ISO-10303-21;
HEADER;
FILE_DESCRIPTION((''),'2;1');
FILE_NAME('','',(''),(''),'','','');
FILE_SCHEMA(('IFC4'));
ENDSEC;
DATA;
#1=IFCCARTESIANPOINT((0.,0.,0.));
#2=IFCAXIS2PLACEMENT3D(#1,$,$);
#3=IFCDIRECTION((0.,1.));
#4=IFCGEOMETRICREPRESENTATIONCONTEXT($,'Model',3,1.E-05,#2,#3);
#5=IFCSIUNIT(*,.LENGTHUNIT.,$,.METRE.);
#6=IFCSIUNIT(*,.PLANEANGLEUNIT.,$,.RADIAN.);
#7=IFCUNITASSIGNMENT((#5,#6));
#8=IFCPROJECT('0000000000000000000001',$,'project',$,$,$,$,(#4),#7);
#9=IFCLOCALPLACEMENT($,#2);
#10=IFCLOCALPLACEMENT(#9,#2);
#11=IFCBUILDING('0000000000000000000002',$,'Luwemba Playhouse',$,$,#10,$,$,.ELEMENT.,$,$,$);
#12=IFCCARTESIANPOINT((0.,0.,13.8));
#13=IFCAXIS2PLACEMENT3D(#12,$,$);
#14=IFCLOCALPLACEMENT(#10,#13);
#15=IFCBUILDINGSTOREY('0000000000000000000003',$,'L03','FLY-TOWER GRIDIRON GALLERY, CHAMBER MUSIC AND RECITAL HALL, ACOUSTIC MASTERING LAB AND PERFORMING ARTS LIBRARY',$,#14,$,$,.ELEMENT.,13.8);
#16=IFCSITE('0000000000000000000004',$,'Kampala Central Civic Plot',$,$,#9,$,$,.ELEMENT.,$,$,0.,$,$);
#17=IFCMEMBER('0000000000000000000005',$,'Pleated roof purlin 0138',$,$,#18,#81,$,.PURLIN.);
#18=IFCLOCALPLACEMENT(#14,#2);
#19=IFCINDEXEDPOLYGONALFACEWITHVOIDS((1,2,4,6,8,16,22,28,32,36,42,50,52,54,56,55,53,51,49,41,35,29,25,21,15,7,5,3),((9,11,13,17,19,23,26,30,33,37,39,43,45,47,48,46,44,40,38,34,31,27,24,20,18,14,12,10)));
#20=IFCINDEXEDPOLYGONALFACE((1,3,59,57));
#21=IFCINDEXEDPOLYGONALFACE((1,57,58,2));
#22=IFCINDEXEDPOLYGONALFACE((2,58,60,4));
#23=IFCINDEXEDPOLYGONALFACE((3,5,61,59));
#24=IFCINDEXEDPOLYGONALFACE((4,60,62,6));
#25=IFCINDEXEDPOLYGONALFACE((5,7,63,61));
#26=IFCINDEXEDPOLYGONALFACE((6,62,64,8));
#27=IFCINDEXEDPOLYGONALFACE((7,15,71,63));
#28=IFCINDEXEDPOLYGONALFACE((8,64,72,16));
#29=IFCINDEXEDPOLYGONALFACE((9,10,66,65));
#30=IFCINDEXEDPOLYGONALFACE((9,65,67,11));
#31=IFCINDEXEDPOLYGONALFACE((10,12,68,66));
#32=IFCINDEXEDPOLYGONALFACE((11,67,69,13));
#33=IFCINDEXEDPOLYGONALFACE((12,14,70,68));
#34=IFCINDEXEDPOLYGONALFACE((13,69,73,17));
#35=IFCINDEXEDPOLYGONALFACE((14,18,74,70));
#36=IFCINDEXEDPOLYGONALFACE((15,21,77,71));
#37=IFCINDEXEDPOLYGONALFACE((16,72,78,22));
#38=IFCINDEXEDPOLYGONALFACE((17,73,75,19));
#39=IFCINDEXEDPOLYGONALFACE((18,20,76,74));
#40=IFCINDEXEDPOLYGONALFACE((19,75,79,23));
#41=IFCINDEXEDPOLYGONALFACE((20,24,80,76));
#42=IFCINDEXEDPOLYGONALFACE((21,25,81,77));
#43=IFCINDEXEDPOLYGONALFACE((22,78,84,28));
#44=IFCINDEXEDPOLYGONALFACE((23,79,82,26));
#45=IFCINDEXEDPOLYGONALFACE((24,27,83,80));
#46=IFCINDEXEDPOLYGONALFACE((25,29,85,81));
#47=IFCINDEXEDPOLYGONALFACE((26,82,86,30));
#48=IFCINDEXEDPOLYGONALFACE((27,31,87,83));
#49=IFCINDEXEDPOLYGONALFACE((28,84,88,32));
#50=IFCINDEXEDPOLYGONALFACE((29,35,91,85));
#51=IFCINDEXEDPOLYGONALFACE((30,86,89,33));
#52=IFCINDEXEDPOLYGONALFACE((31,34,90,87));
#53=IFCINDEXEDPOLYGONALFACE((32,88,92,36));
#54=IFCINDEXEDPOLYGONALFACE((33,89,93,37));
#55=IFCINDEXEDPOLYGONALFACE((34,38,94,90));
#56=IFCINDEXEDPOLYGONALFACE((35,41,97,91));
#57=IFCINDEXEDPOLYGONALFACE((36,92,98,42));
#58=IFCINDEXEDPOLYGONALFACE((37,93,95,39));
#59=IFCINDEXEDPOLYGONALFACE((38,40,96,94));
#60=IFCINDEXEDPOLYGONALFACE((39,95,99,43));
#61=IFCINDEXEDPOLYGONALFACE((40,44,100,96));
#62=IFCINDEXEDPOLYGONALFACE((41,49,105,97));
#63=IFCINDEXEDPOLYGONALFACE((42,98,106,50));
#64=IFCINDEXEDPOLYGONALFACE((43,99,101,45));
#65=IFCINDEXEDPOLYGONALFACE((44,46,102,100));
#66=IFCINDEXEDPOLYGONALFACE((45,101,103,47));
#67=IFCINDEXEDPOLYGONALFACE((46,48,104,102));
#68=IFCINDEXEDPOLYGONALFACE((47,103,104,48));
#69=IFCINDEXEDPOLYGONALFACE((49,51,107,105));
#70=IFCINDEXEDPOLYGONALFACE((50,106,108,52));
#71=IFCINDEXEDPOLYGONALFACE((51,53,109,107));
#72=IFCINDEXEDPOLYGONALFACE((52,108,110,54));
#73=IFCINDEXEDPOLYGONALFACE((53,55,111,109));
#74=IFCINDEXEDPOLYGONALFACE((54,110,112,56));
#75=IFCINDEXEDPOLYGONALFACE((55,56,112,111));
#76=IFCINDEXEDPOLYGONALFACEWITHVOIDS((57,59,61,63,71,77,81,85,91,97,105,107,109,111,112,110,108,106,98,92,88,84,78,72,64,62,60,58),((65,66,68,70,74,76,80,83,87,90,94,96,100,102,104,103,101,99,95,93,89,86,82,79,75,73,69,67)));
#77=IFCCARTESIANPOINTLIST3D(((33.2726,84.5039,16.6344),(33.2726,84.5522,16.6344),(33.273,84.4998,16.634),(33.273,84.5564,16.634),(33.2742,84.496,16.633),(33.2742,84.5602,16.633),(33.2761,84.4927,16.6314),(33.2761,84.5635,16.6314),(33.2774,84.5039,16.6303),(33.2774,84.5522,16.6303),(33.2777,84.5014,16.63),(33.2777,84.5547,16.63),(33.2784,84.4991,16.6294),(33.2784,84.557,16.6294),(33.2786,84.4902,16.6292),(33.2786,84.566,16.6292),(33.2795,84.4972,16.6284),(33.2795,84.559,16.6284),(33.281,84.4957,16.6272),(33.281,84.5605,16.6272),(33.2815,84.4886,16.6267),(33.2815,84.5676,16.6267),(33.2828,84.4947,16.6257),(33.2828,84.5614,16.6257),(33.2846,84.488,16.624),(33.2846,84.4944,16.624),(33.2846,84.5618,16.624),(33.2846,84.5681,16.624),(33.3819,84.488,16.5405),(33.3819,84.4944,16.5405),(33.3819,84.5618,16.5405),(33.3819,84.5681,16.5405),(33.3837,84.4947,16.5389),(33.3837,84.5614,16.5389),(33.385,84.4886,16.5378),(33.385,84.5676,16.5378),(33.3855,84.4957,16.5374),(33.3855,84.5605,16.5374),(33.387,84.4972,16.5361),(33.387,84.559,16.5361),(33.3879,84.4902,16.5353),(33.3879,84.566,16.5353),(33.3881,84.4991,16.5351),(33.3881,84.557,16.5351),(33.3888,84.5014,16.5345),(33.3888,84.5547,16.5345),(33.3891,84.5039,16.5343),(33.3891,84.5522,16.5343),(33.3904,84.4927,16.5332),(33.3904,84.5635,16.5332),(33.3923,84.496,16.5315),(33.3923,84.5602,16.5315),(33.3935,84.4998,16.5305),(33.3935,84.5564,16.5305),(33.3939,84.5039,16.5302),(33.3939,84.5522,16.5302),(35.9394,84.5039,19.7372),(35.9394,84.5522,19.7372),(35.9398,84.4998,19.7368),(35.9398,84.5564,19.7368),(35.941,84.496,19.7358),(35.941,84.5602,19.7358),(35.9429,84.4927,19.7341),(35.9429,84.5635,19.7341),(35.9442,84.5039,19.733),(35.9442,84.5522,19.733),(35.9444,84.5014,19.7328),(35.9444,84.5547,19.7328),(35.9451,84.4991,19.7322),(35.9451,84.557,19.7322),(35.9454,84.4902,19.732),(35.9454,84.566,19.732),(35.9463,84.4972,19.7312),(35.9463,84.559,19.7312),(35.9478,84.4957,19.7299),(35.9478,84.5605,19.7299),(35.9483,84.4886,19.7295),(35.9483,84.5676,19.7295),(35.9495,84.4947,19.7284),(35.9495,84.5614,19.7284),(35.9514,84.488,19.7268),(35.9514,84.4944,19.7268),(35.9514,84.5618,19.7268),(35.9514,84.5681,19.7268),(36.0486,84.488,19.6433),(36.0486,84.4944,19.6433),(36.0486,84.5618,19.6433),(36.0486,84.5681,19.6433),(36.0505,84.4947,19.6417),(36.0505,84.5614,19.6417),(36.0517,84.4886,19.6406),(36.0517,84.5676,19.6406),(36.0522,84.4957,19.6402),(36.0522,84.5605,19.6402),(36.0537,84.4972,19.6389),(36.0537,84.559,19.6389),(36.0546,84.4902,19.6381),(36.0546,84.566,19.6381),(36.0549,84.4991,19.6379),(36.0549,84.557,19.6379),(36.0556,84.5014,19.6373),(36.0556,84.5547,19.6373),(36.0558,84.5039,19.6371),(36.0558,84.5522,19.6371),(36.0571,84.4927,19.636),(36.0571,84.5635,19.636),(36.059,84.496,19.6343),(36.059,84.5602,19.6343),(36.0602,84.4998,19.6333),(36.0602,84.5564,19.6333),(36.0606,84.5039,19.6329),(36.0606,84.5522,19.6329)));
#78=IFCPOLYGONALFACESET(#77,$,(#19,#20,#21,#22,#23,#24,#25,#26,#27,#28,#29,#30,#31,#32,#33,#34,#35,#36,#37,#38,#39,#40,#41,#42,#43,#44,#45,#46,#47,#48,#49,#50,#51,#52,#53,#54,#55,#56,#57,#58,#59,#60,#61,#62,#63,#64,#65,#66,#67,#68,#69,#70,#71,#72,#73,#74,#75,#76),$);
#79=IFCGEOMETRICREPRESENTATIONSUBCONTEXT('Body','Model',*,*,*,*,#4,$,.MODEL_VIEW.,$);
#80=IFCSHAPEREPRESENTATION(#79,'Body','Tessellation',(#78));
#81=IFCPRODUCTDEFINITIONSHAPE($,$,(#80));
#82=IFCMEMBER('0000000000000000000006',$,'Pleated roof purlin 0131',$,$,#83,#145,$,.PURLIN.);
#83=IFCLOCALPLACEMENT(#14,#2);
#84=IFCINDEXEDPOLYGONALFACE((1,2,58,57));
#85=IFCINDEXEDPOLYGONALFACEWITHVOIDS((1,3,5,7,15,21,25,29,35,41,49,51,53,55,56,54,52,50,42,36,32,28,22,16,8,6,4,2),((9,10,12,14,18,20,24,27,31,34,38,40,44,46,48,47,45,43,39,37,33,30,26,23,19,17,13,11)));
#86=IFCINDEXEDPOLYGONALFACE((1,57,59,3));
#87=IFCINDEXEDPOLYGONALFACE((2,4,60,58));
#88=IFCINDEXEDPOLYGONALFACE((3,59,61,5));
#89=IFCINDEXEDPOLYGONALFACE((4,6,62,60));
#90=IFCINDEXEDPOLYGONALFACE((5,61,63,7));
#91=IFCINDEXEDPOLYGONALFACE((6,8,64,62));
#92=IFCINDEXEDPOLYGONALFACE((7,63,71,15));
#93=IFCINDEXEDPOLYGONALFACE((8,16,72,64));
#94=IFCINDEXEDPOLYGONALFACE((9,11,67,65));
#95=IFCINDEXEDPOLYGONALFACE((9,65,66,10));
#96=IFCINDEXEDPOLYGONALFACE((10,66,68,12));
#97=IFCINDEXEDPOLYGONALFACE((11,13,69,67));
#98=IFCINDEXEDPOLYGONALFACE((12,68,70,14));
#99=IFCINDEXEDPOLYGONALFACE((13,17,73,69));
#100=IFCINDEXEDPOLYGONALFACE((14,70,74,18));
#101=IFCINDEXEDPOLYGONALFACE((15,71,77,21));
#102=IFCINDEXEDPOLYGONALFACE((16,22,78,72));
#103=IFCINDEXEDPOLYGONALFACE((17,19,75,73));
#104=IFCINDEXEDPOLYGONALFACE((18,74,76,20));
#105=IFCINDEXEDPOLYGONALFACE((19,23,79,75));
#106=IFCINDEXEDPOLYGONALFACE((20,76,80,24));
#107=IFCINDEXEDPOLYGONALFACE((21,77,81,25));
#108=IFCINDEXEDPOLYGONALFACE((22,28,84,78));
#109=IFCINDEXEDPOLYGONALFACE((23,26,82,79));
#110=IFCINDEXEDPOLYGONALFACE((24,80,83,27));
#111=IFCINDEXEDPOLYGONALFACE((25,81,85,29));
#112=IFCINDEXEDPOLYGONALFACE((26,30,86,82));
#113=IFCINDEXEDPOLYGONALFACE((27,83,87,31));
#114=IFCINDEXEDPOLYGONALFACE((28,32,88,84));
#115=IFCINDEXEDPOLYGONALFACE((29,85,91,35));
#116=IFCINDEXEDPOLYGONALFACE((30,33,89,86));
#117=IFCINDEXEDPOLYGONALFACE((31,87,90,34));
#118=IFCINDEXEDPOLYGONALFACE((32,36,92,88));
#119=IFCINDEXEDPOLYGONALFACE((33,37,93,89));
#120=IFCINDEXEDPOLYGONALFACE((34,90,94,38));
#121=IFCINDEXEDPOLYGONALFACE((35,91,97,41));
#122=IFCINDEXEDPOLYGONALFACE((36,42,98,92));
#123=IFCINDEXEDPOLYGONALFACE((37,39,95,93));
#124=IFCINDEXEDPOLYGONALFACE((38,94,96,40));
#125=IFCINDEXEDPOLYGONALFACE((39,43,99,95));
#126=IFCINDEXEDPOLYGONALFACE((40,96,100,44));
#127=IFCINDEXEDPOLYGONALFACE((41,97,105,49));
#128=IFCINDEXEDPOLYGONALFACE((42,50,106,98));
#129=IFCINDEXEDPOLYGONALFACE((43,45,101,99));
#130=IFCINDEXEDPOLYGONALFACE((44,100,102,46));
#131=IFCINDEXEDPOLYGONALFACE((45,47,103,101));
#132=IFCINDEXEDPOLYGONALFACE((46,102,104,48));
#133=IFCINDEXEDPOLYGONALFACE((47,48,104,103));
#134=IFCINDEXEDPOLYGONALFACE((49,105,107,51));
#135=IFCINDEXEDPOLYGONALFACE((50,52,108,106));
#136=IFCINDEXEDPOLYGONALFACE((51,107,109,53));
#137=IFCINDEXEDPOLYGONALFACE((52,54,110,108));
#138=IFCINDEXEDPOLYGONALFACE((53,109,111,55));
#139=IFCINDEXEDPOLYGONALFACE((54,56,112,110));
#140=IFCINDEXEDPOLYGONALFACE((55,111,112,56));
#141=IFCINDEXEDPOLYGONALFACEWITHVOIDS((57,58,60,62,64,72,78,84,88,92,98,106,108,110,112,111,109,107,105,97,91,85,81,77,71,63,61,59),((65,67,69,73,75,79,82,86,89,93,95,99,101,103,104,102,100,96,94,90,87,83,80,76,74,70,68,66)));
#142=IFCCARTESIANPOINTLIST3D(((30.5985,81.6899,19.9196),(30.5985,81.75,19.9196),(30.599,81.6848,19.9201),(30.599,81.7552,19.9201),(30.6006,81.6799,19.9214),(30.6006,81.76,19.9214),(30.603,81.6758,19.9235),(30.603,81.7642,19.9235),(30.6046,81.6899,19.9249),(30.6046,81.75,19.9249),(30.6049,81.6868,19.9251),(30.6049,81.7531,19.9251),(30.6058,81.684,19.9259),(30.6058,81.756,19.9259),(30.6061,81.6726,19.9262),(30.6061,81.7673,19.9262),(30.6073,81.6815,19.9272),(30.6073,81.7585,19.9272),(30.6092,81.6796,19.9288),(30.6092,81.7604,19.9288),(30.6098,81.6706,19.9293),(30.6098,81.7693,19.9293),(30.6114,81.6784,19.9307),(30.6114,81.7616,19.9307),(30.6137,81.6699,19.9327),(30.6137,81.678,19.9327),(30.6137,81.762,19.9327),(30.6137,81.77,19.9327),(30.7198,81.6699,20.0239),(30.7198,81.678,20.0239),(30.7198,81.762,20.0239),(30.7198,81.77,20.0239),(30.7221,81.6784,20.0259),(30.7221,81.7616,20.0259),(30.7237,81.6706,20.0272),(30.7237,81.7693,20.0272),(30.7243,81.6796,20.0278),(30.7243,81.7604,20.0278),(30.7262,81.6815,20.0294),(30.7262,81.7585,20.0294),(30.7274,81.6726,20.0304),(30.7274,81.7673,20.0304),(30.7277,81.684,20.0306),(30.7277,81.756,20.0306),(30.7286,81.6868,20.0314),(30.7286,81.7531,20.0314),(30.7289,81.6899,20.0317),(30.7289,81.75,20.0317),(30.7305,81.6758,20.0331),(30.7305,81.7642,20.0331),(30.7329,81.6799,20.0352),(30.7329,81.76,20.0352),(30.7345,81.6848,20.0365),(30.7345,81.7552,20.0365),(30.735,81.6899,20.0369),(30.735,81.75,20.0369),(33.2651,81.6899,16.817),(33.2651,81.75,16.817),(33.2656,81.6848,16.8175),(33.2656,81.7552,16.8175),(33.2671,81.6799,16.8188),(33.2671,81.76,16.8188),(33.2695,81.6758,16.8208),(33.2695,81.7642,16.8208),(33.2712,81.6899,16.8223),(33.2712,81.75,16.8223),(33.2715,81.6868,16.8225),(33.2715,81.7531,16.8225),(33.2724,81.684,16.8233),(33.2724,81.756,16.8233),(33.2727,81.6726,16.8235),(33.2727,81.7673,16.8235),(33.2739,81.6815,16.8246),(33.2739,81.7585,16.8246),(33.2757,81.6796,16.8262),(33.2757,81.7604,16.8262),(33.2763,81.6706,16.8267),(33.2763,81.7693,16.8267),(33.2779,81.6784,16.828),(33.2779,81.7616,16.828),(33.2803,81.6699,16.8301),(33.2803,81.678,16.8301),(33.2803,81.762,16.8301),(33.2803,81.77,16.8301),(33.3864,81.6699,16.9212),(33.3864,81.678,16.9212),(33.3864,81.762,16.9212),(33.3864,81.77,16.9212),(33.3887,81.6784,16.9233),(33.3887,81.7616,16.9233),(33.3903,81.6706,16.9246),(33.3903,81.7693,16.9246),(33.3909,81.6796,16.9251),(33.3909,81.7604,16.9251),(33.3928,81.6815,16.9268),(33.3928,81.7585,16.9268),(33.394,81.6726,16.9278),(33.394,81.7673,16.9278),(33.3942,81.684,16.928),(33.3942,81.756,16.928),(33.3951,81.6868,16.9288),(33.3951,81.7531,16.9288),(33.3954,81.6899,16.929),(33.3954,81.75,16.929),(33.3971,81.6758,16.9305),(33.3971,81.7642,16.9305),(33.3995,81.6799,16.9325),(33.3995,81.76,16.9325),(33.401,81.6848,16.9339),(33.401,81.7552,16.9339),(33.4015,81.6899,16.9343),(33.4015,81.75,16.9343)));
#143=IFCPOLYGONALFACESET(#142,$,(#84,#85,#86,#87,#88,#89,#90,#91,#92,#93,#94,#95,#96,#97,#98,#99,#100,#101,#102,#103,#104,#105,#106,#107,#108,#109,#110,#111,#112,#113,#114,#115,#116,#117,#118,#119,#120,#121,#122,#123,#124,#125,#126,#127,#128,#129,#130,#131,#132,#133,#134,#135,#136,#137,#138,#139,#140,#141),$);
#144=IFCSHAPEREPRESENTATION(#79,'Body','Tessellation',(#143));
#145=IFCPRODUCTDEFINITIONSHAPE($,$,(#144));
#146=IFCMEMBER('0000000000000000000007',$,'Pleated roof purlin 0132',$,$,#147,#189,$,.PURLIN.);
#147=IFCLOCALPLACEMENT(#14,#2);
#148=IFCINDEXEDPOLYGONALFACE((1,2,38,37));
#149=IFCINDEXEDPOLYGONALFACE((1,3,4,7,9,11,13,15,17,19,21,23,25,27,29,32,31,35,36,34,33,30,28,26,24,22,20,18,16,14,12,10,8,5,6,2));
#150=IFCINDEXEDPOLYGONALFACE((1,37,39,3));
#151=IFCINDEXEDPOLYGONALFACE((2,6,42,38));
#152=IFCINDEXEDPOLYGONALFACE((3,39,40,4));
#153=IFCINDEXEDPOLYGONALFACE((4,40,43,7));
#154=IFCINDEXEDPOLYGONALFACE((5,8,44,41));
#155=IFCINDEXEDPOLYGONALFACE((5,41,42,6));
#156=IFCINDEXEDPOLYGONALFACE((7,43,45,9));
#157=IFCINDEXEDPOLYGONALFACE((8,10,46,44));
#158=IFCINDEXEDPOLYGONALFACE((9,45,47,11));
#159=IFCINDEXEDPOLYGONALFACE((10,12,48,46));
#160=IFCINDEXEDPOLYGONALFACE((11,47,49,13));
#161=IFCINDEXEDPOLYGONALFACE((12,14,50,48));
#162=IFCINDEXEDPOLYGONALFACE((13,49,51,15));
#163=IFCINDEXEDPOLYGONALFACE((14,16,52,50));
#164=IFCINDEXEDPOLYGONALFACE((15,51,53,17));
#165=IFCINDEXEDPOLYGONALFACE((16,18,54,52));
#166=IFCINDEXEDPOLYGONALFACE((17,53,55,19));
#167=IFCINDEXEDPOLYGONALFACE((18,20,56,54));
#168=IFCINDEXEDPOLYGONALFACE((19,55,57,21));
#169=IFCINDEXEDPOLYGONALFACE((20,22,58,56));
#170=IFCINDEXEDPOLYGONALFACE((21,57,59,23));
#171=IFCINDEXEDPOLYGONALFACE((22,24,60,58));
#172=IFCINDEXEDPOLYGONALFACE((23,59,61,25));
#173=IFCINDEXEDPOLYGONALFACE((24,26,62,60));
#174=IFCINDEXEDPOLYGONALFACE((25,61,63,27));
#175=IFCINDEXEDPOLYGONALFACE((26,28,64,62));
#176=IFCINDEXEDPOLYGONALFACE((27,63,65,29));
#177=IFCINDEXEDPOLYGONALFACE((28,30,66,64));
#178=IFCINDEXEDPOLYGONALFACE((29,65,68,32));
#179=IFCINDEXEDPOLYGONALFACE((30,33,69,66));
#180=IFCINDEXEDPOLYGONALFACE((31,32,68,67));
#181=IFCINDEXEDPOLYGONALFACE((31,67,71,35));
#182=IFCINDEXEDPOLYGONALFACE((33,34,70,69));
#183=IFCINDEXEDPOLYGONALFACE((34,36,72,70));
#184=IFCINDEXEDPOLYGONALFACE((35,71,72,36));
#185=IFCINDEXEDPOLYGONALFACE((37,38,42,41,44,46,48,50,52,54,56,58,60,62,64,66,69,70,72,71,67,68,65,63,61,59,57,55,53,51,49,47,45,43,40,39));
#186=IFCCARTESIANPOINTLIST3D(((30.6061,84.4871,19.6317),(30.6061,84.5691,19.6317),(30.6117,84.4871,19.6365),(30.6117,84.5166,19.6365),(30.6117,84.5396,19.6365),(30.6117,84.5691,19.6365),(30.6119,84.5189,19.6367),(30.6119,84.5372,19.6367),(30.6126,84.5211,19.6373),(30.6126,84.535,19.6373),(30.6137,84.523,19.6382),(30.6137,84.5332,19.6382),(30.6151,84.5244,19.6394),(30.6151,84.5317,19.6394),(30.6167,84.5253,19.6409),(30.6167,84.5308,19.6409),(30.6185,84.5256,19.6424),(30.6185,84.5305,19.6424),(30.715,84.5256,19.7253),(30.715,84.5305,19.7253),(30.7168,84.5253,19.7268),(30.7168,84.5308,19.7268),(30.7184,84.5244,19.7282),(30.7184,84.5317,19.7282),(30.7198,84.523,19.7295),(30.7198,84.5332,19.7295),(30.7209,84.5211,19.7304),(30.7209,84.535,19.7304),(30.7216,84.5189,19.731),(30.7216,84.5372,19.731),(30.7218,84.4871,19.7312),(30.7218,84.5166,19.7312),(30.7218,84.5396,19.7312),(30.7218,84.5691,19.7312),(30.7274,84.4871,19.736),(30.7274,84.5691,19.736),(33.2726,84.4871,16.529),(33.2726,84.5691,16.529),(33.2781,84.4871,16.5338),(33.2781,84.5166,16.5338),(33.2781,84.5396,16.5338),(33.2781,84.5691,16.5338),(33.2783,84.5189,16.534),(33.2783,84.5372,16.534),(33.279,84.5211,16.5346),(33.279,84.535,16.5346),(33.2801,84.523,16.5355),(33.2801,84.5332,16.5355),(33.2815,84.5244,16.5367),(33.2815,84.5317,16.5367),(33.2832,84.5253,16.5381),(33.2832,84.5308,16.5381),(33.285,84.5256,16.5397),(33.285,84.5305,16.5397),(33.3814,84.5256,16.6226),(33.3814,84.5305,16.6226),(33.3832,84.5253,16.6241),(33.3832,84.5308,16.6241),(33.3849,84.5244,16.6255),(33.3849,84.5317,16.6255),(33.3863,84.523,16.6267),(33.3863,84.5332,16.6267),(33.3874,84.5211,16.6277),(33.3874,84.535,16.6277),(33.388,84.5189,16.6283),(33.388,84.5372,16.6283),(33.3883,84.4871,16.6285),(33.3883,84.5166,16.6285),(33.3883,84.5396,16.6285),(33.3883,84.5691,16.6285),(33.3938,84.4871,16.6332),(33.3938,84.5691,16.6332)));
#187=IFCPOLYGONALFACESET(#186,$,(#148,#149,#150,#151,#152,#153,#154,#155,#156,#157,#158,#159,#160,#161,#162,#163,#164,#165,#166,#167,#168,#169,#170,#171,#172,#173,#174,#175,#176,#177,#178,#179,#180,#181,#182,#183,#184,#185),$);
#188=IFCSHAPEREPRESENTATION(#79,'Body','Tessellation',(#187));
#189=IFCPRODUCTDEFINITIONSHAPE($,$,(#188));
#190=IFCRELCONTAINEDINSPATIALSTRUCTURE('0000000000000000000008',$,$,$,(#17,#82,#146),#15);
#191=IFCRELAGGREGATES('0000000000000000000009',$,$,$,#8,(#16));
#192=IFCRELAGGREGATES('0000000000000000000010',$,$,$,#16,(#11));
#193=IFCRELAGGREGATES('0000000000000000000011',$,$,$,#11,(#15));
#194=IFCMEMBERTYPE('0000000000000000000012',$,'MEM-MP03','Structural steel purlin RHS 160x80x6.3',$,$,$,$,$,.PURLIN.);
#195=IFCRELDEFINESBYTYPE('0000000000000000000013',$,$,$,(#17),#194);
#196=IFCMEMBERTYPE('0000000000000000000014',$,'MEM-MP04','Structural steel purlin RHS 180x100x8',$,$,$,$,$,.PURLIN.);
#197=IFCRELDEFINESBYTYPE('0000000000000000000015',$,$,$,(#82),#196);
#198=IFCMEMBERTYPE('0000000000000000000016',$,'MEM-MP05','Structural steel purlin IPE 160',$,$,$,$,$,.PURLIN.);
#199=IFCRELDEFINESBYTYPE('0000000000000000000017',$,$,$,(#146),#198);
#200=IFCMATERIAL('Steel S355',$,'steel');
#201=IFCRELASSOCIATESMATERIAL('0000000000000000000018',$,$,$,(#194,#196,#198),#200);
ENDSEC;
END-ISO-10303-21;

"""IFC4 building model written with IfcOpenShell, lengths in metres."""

from ifc_helpers import new_model, si_unit, direction, frame, origin, origin_2d, place, context, subcontext, project, spatial, hollow_rectangle, i_section, extrude, material, material_profile, profile_set, type_object, element, save


model = new_model("IFC4")

# Units and contexts
model_context = context("Model", 3, precision=1e-05, world=origin(), true_north=direction((0.0, 1.0)))
body_context = subcontext(model_context, "Body", "Model", "MODEL_VIEW")
ifc_project = project(units=[si_unit("LENGTHUNIT", "METRE"), si_unit("PLANEANGLEUNIT", "RADIAN")], contexts=[model_context])

# Site, building, storey
site_placement = place(None, origin())
site = spatial("IfcSite", under=ifc_project, at=site_placement, Name="Kampala Central Civic Plot", CompositionType="ELEMENT", RefElevation=0.0)
building_placement = place(site_placement, origin())
building = spatial("IfcBuilding", under=site, at=building_placement, Name="Luwemba Playhouse", CompositionType="ELEMENT")
storey_placement = place(building_placement, frame((0.0, 0.0, 13.8)))
storey = spatial("IfcBuildingStorey", under=building, at=storey_placement, Name="L03", Description="FLY-TOWER GRIDIRON GALLERY, CHAMBER MUSIC AND RECITAL HALL, ACOUSTIC MASTERING LAB AND PERFORMING ARTS LIBRARY", CompositionType="ELEMENT", Elevation=13.8)

# Shared definitions
ifc_material_1 = material(Name="Steel S355", Category="steel")

# Members
ifc_material_profile_1 = material_profile(ifc_material_1, hollow_rectangle(XDim=0.0801, YDim=0.1599, WallThickness=0.0063, InnerFilletRadius=0.0095, OuterFilletRadius=0.0159, at=origin_2d()))
ifc_profile_set_1 = profile_set([ifc_material_profile_1], Name="Steel S355")
member_type_1 = type_object("IfcMemberType", Name="MEM-MP03", Description="Structural steel purlin RHS 160x80x6.3", PredefinedType="PURLIN", material=ifc_profile_set_1)
member_1_placement = place(storey_placement, frame((33.3333, 84.5281, 16.5823), z_axis=(0.651808, 0.0, 0.758384), x_axis=(0.0, 1.0, 0.0)))
element("IfcMember", 1, at=member_1_placement, inside=storey, type_object=member_type_1, Name="Pleated roof purlin 0138", PredefinedType="PURLIN", context=body_context, shape_type="SweptSolid", body=[
    extrude(hollow_rectangle(XDim=0.0801, YDim=0.1599, WallThickness=0.0063, InnerFilletRadius=0.0095, OuterFilletRadius=0.0159, at=origin_2d()), origin(), (0.0, 0.0, 1.0), 4.0913),
])
ifc_material_profile_2 = material_profile(ifc_material_1, hollow_rectangle(XDim=0.1001, YDim=0.1799, WallThickness=0.0081, InnerFilletRadius=0.012, OuterFilletRadius=0.02, at=origin_2d()))
ifc_profile_set_2 = profile_set([ifc_material_profile_2], Name="Steel S355")
member_type_2 = type_object("IfcMemberType", Name="MEM-MP04", Description="Structural steel purlin RHS 180x100x8", PredefinedType="PURLIN", material=ifc_profile_set_2)
member_2_placement = place(storey_placement, frame((30.6667, 81.72, 19.9783), z_axis=(0.651803, 0.0, -0.758388), x_axis=(0.0, 1.0, 0.0)))
element("IfcMember", 2, at=member_2_placement, inside=storey, type_object=member_type_2, Name="Pleated roof purlin 0131", PredefinedType="PURLIN", context=body_context, shape_type="SweptSolid", body=[
    extrude(hollow_rectangle(XDim=0.1001, YDim=0.1799, WallThickness=0.0081, InnerFilletRadius=0.012, OuterFilletRadius=0.02, at=origin_2d()), origin(), (0.0, 0.0, 1.0), 4.0911),
])
ifc_material_profile_3 = material_profile(ifc_material_1, i_section(OverallWidth=0.082, OverallDepth=0.1599, WebThickness=0.0049, FlangeThickness=0.0073, FilletRadius=0.009, at=origin_2d()))
ifc_profile_set_3 = profile_set([ifc_material_profile_3], Name="Steel S355")
member_type_3 = type_object("IfcMemberType", Name="MEM-MP05", Description="Structural steel purlin IPE 160", PredefinedType="PURLIN", material=ifc_profile_set_3)
member_3_placement = place(storey_placement, frame((30.6667, 84.5281, 19.6838), z_axis=(0.651774, 0.0, -0.758413), x_axis=(0.0, 1.0, 0.0)))
element("IfcMember", 3, at=member_3_placement, inside=storey, type_object=member_type_3, Name="Pleated roof purlin 0132", PredefinedType="PURLIN", context=body_context, shape_type="SweptSolid", body=[
    extrude(i_section(OverallWidth=0.082, OverallDepth=0.1599, WebThickness=0.0049, FlangeThickness=0.0073, FilletRadius=0.009, at=origin_2d()), origin(), (0.0, 0.0, 1.0), 4.0911),
])

save(model, "model.ifc")
